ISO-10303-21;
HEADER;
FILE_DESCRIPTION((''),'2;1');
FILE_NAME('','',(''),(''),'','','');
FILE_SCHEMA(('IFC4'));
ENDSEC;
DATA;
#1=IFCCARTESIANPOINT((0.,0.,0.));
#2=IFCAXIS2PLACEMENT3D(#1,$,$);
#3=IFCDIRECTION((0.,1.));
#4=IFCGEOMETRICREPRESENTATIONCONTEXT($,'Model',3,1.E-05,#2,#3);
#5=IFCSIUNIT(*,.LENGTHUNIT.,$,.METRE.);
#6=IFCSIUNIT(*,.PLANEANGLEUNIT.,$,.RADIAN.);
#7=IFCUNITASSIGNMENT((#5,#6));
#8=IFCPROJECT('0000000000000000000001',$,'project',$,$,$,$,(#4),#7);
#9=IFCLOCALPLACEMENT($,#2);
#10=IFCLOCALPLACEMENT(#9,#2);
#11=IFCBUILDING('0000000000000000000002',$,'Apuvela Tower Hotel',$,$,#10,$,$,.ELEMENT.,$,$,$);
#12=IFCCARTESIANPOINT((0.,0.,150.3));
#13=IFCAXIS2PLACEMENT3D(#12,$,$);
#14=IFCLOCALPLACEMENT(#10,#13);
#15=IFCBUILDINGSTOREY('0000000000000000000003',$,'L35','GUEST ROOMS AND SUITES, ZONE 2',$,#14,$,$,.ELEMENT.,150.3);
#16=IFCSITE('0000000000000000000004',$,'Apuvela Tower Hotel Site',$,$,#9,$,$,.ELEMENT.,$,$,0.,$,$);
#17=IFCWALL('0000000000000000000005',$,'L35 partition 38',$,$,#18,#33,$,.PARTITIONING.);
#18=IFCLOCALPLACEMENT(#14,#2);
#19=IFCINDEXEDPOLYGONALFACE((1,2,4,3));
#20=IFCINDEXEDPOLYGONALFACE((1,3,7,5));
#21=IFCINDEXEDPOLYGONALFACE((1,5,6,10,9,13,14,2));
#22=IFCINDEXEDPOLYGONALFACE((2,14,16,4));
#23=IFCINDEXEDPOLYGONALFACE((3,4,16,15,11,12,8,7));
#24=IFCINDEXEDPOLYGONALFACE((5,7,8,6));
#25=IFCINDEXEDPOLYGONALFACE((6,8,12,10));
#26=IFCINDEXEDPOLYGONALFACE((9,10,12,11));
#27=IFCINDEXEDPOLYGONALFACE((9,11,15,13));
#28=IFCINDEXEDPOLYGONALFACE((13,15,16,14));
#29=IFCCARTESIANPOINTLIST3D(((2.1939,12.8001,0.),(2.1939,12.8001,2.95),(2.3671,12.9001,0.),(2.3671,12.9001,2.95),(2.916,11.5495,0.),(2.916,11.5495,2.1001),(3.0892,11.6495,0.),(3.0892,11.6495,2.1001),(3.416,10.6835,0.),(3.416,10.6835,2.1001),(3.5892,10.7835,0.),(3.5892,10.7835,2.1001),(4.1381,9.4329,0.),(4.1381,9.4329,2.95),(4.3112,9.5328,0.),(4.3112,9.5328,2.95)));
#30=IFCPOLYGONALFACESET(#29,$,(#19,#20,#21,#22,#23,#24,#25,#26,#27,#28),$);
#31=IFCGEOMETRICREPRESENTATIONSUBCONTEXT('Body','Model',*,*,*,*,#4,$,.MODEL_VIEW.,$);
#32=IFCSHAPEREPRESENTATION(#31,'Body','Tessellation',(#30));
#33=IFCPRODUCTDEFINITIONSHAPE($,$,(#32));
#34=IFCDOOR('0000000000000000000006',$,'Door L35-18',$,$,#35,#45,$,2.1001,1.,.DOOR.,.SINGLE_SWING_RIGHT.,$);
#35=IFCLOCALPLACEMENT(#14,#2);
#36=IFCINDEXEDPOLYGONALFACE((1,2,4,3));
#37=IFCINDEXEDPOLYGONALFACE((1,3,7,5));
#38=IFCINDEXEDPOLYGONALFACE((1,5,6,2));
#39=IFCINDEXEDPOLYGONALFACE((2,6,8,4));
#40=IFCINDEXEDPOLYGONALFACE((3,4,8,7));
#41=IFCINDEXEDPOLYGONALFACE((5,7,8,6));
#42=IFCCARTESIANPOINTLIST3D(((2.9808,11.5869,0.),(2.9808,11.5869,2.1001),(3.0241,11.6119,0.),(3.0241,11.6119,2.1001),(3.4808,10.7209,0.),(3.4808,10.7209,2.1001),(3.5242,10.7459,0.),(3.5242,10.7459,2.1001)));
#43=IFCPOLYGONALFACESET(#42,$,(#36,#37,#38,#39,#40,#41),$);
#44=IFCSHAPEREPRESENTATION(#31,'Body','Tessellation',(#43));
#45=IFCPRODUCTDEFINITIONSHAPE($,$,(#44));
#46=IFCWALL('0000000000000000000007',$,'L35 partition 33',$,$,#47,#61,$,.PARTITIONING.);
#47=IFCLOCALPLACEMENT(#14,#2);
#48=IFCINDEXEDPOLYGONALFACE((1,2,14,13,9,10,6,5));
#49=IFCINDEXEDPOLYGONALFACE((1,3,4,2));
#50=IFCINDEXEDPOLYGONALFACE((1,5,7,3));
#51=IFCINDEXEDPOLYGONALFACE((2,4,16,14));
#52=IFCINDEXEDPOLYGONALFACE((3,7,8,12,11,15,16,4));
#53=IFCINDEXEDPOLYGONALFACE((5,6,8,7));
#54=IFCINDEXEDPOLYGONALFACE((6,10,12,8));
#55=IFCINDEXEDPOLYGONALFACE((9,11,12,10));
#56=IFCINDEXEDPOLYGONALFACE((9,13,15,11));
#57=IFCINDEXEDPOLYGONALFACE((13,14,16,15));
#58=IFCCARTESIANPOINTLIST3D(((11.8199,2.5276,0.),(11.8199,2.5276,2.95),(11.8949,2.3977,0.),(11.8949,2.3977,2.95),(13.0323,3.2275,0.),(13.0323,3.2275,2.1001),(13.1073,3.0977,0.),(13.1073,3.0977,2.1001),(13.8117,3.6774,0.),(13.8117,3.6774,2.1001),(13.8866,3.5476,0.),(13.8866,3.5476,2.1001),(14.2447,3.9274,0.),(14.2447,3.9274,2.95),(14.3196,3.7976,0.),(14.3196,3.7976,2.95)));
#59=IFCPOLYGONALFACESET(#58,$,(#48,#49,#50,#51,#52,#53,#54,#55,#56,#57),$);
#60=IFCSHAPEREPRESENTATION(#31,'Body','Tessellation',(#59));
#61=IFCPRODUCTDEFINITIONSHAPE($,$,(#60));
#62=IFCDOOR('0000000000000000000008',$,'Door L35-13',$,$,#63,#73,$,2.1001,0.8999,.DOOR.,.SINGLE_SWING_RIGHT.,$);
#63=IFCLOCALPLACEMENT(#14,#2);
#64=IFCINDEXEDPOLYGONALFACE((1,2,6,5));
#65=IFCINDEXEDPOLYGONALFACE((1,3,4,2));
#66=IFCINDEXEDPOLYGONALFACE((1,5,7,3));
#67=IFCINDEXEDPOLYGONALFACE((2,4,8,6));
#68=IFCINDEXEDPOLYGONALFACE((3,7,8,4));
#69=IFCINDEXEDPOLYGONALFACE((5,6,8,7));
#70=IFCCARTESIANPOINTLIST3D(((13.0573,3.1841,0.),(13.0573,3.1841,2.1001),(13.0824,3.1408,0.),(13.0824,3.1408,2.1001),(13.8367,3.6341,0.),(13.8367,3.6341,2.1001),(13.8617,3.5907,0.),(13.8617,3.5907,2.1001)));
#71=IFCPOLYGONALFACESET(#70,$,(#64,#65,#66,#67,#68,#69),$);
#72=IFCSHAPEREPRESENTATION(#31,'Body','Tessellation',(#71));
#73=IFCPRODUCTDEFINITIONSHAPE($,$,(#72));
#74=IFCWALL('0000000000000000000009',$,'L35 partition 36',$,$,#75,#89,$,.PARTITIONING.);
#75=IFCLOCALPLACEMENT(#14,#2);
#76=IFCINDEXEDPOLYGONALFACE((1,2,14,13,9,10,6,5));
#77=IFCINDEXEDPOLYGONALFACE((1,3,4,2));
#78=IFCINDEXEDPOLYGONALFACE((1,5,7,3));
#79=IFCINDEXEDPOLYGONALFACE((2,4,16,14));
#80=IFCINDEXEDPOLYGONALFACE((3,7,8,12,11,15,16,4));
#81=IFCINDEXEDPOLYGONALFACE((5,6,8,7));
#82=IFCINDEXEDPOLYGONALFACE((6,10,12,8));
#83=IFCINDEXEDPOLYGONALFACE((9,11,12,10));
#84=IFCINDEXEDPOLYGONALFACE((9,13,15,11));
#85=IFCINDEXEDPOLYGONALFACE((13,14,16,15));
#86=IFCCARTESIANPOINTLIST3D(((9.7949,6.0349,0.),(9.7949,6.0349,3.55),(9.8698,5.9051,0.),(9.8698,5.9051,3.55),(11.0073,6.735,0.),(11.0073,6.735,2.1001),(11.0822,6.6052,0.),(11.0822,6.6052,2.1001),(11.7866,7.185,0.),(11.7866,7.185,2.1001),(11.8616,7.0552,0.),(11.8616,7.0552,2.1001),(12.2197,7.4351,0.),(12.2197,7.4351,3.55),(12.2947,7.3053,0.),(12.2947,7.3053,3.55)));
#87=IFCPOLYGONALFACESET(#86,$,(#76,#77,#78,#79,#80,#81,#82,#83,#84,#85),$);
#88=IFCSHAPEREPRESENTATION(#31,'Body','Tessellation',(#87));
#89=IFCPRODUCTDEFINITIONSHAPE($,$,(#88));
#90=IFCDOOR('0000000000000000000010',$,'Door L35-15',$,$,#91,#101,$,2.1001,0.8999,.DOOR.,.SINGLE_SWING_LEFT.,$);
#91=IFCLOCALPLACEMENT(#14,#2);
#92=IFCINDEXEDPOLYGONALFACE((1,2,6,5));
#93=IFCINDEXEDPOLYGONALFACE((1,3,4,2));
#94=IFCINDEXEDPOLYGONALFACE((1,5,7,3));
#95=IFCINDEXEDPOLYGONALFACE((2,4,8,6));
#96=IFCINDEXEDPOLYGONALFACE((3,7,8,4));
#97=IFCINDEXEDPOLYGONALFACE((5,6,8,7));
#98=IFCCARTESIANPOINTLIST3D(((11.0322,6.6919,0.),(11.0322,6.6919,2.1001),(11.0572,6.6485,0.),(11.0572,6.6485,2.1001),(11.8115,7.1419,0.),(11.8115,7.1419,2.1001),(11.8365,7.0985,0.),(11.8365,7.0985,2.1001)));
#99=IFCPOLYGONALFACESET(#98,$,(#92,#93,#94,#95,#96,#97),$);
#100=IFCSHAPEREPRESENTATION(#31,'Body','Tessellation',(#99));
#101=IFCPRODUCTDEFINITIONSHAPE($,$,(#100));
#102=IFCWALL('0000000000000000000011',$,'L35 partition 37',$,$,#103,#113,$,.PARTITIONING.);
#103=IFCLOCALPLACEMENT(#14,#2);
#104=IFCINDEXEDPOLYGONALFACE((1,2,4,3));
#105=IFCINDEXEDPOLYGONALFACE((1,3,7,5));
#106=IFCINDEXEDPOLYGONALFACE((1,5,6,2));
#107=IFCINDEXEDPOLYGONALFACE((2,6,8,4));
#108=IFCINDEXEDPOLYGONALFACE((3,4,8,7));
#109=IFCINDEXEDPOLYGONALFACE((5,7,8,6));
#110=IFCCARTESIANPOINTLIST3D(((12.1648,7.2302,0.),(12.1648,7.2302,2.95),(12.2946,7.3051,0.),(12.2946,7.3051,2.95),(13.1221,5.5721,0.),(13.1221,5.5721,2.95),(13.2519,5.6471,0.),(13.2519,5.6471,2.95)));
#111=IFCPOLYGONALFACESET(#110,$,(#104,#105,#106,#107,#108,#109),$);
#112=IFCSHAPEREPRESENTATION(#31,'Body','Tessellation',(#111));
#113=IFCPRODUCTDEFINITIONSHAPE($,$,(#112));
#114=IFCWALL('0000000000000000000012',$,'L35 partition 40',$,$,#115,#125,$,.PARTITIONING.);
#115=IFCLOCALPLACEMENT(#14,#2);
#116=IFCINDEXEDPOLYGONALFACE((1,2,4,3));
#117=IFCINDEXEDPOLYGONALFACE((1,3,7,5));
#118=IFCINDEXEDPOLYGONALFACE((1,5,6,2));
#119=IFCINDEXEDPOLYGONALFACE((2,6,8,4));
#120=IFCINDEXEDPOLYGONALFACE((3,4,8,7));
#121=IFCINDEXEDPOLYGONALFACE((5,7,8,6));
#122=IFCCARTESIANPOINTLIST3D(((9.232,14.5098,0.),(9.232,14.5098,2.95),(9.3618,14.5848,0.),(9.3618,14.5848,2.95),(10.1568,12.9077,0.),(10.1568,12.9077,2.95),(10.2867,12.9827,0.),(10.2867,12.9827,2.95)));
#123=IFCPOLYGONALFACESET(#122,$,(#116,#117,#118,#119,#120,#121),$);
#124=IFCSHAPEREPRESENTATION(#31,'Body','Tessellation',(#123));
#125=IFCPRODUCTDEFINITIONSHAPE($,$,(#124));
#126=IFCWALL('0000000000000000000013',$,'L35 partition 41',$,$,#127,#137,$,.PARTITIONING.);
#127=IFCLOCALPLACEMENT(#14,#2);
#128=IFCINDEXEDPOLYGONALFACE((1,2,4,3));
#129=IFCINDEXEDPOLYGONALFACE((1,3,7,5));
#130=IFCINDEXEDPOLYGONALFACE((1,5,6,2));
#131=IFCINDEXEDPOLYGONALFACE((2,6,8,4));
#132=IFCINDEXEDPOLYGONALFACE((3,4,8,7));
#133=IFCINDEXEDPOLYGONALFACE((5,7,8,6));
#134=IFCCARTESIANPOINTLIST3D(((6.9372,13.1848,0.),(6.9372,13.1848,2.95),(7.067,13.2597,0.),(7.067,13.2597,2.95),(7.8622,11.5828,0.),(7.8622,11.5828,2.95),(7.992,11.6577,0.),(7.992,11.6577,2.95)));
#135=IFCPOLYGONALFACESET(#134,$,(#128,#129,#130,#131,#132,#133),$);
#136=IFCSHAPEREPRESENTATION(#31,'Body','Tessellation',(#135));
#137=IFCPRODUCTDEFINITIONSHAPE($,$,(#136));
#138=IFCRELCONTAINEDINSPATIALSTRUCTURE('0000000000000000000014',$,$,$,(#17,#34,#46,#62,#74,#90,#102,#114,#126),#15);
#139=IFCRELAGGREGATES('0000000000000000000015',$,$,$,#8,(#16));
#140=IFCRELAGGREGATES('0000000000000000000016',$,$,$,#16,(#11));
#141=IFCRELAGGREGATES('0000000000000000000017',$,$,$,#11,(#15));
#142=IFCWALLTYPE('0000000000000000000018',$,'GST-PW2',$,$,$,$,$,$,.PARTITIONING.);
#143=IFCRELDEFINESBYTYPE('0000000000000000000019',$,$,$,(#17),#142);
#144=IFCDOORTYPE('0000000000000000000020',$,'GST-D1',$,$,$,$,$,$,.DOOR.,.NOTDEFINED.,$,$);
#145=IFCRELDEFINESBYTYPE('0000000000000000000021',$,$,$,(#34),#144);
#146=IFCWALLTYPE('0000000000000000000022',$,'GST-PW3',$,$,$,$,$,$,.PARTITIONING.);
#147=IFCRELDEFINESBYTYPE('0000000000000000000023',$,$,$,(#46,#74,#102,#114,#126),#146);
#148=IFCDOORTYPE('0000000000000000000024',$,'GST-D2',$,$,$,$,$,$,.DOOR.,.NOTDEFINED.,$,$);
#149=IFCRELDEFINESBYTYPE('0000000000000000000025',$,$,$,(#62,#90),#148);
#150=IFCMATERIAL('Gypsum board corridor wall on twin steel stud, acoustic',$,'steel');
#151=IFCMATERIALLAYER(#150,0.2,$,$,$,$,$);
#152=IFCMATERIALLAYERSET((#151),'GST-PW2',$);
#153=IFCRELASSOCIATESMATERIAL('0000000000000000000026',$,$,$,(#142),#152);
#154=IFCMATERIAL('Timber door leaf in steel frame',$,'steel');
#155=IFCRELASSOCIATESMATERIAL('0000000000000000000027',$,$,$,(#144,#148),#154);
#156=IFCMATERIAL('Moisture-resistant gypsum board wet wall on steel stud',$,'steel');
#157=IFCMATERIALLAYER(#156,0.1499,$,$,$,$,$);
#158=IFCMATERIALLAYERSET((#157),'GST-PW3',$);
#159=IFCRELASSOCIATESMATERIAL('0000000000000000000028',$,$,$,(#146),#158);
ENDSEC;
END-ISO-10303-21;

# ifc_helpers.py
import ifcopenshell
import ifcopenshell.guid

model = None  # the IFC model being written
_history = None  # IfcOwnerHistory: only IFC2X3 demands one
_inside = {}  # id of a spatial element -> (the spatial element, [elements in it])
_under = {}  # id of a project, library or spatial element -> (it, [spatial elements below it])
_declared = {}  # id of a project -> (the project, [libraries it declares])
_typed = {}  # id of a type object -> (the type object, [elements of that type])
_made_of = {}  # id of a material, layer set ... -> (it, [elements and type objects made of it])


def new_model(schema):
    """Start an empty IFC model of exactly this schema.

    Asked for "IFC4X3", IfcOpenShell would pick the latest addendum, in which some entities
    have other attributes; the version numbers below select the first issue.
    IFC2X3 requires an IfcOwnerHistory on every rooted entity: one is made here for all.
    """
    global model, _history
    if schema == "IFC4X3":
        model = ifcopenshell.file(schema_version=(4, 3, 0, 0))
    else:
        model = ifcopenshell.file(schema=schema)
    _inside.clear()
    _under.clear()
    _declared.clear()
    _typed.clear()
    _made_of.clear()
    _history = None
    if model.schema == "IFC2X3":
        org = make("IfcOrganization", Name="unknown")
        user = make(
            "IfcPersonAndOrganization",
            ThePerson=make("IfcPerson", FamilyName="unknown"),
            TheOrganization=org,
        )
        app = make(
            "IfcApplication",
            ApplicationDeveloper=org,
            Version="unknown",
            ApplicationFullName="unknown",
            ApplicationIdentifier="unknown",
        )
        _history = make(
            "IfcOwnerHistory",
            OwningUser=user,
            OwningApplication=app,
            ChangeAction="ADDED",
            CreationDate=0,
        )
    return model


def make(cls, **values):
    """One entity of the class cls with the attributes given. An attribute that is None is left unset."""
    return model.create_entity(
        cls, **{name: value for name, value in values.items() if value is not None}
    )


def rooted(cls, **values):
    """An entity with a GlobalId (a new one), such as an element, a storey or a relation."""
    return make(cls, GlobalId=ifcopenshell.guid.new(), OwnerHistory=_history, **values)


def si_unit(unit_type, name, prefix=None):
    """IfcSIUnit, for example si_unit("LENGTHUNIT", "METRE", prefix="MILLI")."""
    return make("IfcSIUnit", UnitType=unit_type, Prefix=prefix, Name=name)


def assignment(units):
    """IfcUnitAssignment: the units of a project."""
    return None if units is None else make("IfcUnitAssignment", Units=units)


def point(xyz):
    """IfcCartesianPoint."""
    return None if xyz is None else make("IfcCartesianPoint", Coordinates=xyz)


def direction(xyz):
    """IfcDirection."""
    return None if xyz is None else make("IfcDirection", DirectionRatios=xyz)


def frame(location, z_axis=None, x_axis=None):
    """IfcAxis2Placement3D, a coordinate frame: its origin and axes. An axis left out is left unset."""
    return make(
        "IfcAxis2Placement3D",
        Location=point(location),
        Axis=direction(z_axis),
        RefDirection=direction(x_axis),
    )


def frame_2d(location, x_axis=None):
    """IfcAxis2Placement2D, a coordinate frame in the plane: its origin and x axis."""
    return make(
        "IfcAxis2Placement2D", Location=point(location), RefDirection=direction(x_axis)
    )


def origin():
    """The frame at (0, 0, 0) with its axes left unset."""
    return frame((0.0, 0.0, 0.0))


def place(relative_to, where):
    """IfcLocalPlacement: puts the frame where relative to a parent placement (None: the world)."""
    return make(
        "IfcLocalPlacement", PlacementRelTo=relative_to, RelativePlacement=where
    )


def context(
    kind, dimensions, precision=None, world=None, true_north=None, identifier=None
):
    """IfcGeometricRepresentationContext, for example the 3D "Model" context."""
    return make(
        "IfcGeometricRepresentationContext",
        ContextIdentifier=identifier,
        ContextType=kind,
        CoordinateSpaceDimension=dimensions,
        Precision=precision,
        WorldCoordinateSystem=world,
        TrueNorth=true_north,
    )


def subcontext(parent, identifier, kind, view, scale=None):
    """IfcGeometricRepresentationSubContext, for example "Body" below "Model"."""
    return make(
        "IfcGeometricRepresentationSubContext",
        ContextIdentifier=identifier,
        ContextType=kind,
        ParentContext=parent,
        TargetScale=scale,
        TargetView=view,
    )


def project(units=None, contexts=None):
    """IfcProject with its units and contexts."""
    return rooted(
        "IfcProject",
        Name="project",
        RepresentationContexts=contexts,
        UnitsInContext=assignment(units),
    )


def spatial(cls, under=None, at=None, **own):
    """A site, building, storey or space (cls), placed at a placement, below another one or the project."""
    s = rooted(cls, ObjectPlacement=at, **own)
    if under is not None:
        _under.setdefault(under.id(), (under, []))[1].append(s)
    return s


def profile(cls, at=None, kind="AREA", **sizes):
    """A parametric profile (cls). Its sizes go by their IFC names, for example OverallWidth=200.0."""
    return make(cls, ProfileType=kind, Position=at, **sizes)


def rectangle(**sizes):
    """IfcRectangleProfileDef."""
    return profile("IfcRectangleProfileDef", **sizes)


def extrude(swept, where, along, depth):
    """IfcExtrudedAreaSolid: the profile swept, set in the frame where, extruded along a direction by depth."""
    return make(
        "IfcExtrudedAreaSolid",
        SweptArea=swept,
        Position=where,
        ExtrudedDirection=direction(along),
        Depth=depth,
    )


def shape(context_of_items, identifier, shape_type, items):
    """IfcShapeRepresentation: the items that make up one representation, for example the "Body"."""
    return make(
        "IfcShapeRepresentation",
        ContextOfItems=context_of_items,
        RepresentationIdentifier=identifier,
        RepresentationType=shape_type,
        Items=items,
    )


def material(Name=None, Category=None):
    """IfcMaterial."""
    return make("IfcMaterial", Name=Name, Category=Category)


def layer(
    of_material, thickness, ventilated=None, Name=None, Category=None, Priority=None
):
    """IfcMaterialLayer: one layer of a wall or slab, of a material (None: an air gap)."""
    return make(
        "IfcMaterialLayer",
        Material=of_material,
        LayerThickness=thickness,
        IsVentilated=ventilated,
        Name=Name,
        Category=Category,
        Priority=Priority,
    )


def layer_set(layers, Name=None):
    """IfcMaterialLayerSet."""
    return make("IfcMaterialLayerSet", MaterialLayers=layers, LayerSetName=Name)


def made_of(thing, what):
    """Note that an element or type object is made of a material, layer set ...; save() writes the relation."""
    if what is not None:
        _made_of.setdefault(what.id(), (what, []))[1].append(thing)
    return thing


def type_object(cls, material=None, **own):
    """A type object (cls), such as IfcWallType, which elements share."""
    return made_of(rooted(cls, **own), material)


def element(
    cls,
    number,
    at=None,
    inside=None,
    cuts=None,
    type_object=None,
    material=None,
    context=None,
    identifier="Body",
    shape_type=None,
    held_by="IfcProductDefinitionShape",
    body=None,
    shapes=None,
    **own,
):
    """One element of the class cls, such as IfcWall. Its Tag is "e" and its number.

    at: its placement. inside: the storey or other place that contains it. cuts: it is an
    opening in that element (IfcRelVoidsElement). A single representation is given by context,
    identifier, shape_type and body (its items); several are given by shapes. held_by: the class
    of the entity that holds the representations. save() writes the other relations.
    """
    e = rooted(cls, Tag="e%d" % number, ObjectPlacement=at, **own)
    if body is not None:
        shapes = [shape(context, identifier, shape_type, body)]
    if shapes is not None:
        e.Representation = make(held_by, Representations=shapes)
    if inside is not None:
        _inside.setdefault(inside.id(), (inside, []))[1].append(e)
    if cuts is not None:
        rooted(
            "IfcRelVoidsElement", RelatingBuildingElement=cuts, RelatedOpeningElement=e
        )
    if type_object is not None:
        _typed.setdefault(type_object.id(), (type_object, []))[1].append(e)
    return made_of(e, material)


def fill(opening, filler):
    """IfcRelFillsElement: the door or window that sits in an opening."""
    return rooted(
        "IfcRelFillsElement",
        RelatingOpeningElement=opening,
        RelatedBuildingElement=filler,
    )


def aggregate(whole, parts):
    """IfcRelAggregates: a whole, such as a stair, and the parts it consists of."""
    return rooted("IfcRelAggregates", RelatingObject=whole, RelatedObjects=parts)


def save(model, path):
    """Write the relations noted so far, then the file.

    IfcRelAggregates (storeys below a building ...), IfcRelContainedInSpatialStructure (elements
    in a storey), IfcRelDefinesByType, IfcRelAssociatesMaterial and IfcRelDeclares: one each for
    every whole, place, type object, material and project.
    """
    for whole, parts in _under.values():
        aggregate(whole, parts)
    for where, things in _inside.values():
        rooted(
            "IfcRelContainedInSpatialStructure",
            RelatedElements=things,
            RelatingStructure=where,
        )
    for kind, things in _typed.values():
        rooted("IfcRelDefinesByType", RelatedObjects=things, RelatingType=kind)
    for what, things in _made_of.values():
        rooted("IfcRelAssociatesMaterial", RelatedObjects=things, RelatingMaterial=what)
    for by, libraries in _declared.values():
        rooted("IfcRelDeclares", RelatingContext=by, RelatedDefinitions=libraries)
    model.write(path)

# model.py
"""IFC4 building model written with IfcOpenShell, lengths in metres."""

from ifc_helpers import new_model, si_unit, direction, frame, frame_2d, origin, place, context, subcontext, project, spatial, rectangle, extrude, material, layer, layer_set, type_object, element, fill, save


model = new_model("IFC4")

# Units and contexts
model_context = context("Model", 3, precision=1e-05, world=origin(), true_north=direction((0.0, 1.0)))
body_context = subcontext(model_context, "Body", "Model", "MODEL_VIEW")
ifc_project = project(units=[si_unit("LENGTHUNIT", "METRE"), si_unit("PLANEANGLEUNIT", "RADIAN")], contexts=[model_context])

# Site, building, storey
site_placement = place(None, origin())
site = spatial("IfcSite", under=ifc_project, at=site_placement, Name="Apuvela Tower Hotel Site", CompositionType="ELEMENT", RefElevation=0.0)
building_placement = place(site_placement, origin())
building = spatial("IfcBuilding", under=site, at=building_placement, Name="Apuvela Tower Hotel", CompositionType="ELEMENT")
storey_placement = place(building_placement, frame((0.0, 0.0, 150.3)))
storey = spatial("IfcBuildingStorey", under=building, at=storey_placement, Name="L35", Description="GUEST ROOMS AND SUITES, ZONE 2", CompositionType="ELEMENT", Elevation=150.3)

# Walls, openings, doors
ifc_material_1 = material(Name="Gypsum board corridor wall on twin steel stud, acoustic", Category="steel")
ifc_layer_1 = layer(ifc_material_1, 0.2)
ifc_layer_set_1 = layer_set([ifc_layer_1], Name="GST-PW2")
wall_type_1 = type_object("IfcWallType", Name="GST-PW2", PredefinedType="PARTITIONING", material=ifc_layer_set_1)
ifc_material_2 = material(Name="Timber door leaf in steel frame", Category="steel")
door_type_1 = type_object("IfcDoorType", Name="GST-D1", OperationType="NOTDEFINED", PredefinedType="DOOR", material=ifc_material_2)
wall_1_placement = place(storey_placement, frame((2.2805, 12.8501, 0.0), z_axis=(0.0, 0.0, 1.0), x_axis=(0.500009, -0.86602, 0.0)))
wall_1 = element("IfcWall", 1, at=wall_1_placement, inside=storey, type_object=wall_type_1, Name="L35 partition 38", PredefinedType="PARTITIONING", context=body_context, shape_type="SweptSolid", body=[
    extrude(rectangle(XDim=3.8882, YDim=0.2, at=frame_2d((1.9441, 0.0))), origin(), (0.0, 0.0, 1.0), 2.95),
])
opening_1_placement = place(wall_1_placement, frame((1.4441, 0.0, 0.0)))
opening_1 = element("IfcOpeningElement", 2, at=opening_1_placement, cuts=wall_1, PredefinedType="OPENING", context=body_context, shape_type="SweptSolid", body=[
    extrude(rectangle(XDim=1.0, YDim=2.1001, at=frame_2d((0.5, 1.05))), frame((0.0, 0.1099, 0.0), z_axis=(0.0, -1.0, 0.0), x_axis=(1.0, 0.0, 0.0)), (0.0, 0.0, 1.0), 0.22),
])
door_1_placement = place(opening_1_placement, origin())
door_1 = element("IfcDoor", 3, at=door_1_placement, inside=storey, type_object=door_type_1, Name="Door L35-18", OperationType="SINGLE_SWING_RIGHT", OverallHeight=2.1001, OverallWidth=1.0, PredefinedType="DOOR", context=body_context, shape_type="SweptSolid", body=[
    extrude(rectangle(XDim=1.0, YDim=2.1001, at=frame_2d((0.5, 1.05))), frame((0.0, 0.0249, 0.0), z_axis=(0.0, -1.0, 0.0), x_axis=(1.0, 0.0, 0.0)), (0.0, 0.0, 1.0), 0.05),
])
fill(opening_1, door_1)
ifc_material_3 = material(Name="Moisture-resistant gypsum board wet wall on steel stud", Category="steel")
ifc_layer_2 = layer(ifc_material_3, 0.1499)
ifc_layer_set_2 = layer_set([ifc_layer_2], Name="GST-PW3")
wall_type_2 = type_object("IfcWallType", Name="GST-PW3", PredefinedType="PARTITIONING", material=ifc_layer_set_2)
wall_2_placement = place(storey_placement, frame((11.8574, 2.4626, 0.0), z_axis=(0.0, 0.0, 1.0), x_axis=(0.866035, 0.499984, 0.0)))
wall_2 = element("IfcWall", 4, at=wall_2_placement, inside=storey, type_object=wall_type_2, Name="L35 partition 33", PredefinedType="PARTITIONING", context=body_context, shape_type="SweptSolid", body=[
    extrude(rectangle(XDim=2.7998, YDim=0.1499, at=frame_2d((1.3999, 0.0))), origin(), (0.0, 0.0, 1.0), 2.95),
])
opening_2_placement = place(wall_2_placement, frame((1.3999, 0.0, 0.0)))
opening_2 = element("IfcOpeningElement", 5, at=opening_2_placement, cuts=wall_2, PredefinedType="OPENING", context=body_context, shape_type="SweptSolid", body=[
    extrude(rectangle(XDim=0.8999, YDim=2.1001, at=frame_2d((0.45, 1.05))), frame((0.0, 0.085, 0.0), z_axis=(0.0, -1.0, 0.0), x_axis=(1.0, 0.0, 0.0)), (0.0, 0.0, 1.0), 0.1699),
])
door_type_2 = type_object("IfcDoorType", Name="GST-D2", OperationType="NOTDEFINED", PredefinedType="DOOR", material=ifc_material_2)
door_2_placement = place(opening_2_placement, origin())
door_2 = element("IfcDoor", 6, at=door_2_placement, inside=storey, type_object=door_type_2, Name="Door L35-13", OperationType="SINGLE_SWING_RIGHT", OverallHeight=2.1001, OverallWidth=0.8999, PredefinedType="DOOR", context=body_context, shape_type="SweptSolid", body=[
    extrude(rectangle(XDim=0.8999, YDim=2.1001, at=frame_2d((0.45, 1.05))), frame((0.0, 0.0249, 0.0), z_axis=(0.0, -1.0, 0.0), x_axis=(1.0, 0.0, 0.0)), (0.0, 0.0, 1.0), 0.05),
])
fill(opening_2, door_2)
wall_3_placement = place(storey_placement, frame((12.2571, 7.3701, 0.0), z_axis=(0.0, 0.0, 1.0), x_axis=(-0.865997, -0.50005, 0.0)))
wall_3 = element("IfcWall", 7, at=wall_3_placement, inside=storey, type_object=wall_type_2, Name="L35 partition 36", PredefinedType="PARTITIONING", context=body_context, shape_type="SweptSolid", body=[
    extrude(rectangle(XDim=2.8, YDim=0.1499, at=frame_2d((1.3999, 0.0))), origin(), (0.0, 0.0, 1.0), 3.55),
])
opening_3_placement = place(wall_3_placement, frame((0.5, 0.0, 0.0)))
opening_3 = element("IfcOpeningElement", 8, at=opening_3_placement, cuts=wall_3, PredefinedType="OPENING", context=body_context, shape_type="SweptSolid", body=[
    extrude(rectangle(XDim=0.8999, YDim=2.1001, at=frame_2d((0.45, 1.05))), frame((0.0, 0.085, 0.0), z_axis=(0.0, -1.0, 0.0), x_axis=(1.0, 0.0, 0.0)), (0.0, 0.0, 1.0), 0.1699),
])
door_3_placement = place(opening_3_placement, origin())
door_3 = element("IfcDoor", 9, at=door_3_placement, inside=storey, type_object=door_type_2, Name="Door L35-15", OperationType="SINGLE_SWING_LEFT", OverallHeight=2.1001, OverallWidth=0.8999, PredefinedType="DOOR", context=body_context, shape_type="SweptSolid", body=[
    extrude(rectangle(XDim=0.8999, YDim=2.1001, at=frame_2d((0.45, 1.05))), frame((0.0, 0.0249, 0.0), z_axis=(0.0, -1.0, 0.0), x_axis=(1.0, 0.0, 0.0)), (0.0, 0.0, 1.0), 0.05),
])
fill(opening_3, door_3)

# Walls
wall_4_placement = place(storey_placement, frame((13.187, 5.6096, 0.0), z_axis=(0.0, 0.0, 1.0), x_axis=(-0.50002, 0.866014, 0.0)))
element("IfcWall", 10, at=wall_4_placement, inside=storey, type_object=wall_type_2, Name="L35 partition 37", PredefinedType="PARTITIONING", context=body_context, shape_type="SweptSolid", body=[
    extrude(rectangle(XDim=1.9146, YDim=0.1499, at=frame_2d((0.9573, 0.0))), origin(), (0.0, 0.0, 1.0), 2.95),
])
for number, where, z_axis, x_axis, name in (
    (11, (10.2217, 12.9453, 0.0), (0.0, 0.0, 1.0), (-0.499943, 0.866058, 0.0), "L35 partition 40"),
    (12, (7.927, 11.6204, 0.0), (0.0, 0.0, 1.0), (-0.500042, 0.866001, 0.0), "L35 partition 41"),
):
    element("IfcWall", number, at=place(storey_placement, frame(where, z_axis=z_axis, x_axis=x_axis)), inside=storey, type_object=wall_type_2, Name=name, PredefinedType="PARTITIONING", context=body_context, shape_type="SweptSolid", body=[
        extrude(rectangle(XDim=1.8499, YDim=0.1499, at=frame_2d((0.9248, 0.0))), origin(), (0.0, 0.0, 1.0), 2.95),
    ])

save(model, "model.ifc")
